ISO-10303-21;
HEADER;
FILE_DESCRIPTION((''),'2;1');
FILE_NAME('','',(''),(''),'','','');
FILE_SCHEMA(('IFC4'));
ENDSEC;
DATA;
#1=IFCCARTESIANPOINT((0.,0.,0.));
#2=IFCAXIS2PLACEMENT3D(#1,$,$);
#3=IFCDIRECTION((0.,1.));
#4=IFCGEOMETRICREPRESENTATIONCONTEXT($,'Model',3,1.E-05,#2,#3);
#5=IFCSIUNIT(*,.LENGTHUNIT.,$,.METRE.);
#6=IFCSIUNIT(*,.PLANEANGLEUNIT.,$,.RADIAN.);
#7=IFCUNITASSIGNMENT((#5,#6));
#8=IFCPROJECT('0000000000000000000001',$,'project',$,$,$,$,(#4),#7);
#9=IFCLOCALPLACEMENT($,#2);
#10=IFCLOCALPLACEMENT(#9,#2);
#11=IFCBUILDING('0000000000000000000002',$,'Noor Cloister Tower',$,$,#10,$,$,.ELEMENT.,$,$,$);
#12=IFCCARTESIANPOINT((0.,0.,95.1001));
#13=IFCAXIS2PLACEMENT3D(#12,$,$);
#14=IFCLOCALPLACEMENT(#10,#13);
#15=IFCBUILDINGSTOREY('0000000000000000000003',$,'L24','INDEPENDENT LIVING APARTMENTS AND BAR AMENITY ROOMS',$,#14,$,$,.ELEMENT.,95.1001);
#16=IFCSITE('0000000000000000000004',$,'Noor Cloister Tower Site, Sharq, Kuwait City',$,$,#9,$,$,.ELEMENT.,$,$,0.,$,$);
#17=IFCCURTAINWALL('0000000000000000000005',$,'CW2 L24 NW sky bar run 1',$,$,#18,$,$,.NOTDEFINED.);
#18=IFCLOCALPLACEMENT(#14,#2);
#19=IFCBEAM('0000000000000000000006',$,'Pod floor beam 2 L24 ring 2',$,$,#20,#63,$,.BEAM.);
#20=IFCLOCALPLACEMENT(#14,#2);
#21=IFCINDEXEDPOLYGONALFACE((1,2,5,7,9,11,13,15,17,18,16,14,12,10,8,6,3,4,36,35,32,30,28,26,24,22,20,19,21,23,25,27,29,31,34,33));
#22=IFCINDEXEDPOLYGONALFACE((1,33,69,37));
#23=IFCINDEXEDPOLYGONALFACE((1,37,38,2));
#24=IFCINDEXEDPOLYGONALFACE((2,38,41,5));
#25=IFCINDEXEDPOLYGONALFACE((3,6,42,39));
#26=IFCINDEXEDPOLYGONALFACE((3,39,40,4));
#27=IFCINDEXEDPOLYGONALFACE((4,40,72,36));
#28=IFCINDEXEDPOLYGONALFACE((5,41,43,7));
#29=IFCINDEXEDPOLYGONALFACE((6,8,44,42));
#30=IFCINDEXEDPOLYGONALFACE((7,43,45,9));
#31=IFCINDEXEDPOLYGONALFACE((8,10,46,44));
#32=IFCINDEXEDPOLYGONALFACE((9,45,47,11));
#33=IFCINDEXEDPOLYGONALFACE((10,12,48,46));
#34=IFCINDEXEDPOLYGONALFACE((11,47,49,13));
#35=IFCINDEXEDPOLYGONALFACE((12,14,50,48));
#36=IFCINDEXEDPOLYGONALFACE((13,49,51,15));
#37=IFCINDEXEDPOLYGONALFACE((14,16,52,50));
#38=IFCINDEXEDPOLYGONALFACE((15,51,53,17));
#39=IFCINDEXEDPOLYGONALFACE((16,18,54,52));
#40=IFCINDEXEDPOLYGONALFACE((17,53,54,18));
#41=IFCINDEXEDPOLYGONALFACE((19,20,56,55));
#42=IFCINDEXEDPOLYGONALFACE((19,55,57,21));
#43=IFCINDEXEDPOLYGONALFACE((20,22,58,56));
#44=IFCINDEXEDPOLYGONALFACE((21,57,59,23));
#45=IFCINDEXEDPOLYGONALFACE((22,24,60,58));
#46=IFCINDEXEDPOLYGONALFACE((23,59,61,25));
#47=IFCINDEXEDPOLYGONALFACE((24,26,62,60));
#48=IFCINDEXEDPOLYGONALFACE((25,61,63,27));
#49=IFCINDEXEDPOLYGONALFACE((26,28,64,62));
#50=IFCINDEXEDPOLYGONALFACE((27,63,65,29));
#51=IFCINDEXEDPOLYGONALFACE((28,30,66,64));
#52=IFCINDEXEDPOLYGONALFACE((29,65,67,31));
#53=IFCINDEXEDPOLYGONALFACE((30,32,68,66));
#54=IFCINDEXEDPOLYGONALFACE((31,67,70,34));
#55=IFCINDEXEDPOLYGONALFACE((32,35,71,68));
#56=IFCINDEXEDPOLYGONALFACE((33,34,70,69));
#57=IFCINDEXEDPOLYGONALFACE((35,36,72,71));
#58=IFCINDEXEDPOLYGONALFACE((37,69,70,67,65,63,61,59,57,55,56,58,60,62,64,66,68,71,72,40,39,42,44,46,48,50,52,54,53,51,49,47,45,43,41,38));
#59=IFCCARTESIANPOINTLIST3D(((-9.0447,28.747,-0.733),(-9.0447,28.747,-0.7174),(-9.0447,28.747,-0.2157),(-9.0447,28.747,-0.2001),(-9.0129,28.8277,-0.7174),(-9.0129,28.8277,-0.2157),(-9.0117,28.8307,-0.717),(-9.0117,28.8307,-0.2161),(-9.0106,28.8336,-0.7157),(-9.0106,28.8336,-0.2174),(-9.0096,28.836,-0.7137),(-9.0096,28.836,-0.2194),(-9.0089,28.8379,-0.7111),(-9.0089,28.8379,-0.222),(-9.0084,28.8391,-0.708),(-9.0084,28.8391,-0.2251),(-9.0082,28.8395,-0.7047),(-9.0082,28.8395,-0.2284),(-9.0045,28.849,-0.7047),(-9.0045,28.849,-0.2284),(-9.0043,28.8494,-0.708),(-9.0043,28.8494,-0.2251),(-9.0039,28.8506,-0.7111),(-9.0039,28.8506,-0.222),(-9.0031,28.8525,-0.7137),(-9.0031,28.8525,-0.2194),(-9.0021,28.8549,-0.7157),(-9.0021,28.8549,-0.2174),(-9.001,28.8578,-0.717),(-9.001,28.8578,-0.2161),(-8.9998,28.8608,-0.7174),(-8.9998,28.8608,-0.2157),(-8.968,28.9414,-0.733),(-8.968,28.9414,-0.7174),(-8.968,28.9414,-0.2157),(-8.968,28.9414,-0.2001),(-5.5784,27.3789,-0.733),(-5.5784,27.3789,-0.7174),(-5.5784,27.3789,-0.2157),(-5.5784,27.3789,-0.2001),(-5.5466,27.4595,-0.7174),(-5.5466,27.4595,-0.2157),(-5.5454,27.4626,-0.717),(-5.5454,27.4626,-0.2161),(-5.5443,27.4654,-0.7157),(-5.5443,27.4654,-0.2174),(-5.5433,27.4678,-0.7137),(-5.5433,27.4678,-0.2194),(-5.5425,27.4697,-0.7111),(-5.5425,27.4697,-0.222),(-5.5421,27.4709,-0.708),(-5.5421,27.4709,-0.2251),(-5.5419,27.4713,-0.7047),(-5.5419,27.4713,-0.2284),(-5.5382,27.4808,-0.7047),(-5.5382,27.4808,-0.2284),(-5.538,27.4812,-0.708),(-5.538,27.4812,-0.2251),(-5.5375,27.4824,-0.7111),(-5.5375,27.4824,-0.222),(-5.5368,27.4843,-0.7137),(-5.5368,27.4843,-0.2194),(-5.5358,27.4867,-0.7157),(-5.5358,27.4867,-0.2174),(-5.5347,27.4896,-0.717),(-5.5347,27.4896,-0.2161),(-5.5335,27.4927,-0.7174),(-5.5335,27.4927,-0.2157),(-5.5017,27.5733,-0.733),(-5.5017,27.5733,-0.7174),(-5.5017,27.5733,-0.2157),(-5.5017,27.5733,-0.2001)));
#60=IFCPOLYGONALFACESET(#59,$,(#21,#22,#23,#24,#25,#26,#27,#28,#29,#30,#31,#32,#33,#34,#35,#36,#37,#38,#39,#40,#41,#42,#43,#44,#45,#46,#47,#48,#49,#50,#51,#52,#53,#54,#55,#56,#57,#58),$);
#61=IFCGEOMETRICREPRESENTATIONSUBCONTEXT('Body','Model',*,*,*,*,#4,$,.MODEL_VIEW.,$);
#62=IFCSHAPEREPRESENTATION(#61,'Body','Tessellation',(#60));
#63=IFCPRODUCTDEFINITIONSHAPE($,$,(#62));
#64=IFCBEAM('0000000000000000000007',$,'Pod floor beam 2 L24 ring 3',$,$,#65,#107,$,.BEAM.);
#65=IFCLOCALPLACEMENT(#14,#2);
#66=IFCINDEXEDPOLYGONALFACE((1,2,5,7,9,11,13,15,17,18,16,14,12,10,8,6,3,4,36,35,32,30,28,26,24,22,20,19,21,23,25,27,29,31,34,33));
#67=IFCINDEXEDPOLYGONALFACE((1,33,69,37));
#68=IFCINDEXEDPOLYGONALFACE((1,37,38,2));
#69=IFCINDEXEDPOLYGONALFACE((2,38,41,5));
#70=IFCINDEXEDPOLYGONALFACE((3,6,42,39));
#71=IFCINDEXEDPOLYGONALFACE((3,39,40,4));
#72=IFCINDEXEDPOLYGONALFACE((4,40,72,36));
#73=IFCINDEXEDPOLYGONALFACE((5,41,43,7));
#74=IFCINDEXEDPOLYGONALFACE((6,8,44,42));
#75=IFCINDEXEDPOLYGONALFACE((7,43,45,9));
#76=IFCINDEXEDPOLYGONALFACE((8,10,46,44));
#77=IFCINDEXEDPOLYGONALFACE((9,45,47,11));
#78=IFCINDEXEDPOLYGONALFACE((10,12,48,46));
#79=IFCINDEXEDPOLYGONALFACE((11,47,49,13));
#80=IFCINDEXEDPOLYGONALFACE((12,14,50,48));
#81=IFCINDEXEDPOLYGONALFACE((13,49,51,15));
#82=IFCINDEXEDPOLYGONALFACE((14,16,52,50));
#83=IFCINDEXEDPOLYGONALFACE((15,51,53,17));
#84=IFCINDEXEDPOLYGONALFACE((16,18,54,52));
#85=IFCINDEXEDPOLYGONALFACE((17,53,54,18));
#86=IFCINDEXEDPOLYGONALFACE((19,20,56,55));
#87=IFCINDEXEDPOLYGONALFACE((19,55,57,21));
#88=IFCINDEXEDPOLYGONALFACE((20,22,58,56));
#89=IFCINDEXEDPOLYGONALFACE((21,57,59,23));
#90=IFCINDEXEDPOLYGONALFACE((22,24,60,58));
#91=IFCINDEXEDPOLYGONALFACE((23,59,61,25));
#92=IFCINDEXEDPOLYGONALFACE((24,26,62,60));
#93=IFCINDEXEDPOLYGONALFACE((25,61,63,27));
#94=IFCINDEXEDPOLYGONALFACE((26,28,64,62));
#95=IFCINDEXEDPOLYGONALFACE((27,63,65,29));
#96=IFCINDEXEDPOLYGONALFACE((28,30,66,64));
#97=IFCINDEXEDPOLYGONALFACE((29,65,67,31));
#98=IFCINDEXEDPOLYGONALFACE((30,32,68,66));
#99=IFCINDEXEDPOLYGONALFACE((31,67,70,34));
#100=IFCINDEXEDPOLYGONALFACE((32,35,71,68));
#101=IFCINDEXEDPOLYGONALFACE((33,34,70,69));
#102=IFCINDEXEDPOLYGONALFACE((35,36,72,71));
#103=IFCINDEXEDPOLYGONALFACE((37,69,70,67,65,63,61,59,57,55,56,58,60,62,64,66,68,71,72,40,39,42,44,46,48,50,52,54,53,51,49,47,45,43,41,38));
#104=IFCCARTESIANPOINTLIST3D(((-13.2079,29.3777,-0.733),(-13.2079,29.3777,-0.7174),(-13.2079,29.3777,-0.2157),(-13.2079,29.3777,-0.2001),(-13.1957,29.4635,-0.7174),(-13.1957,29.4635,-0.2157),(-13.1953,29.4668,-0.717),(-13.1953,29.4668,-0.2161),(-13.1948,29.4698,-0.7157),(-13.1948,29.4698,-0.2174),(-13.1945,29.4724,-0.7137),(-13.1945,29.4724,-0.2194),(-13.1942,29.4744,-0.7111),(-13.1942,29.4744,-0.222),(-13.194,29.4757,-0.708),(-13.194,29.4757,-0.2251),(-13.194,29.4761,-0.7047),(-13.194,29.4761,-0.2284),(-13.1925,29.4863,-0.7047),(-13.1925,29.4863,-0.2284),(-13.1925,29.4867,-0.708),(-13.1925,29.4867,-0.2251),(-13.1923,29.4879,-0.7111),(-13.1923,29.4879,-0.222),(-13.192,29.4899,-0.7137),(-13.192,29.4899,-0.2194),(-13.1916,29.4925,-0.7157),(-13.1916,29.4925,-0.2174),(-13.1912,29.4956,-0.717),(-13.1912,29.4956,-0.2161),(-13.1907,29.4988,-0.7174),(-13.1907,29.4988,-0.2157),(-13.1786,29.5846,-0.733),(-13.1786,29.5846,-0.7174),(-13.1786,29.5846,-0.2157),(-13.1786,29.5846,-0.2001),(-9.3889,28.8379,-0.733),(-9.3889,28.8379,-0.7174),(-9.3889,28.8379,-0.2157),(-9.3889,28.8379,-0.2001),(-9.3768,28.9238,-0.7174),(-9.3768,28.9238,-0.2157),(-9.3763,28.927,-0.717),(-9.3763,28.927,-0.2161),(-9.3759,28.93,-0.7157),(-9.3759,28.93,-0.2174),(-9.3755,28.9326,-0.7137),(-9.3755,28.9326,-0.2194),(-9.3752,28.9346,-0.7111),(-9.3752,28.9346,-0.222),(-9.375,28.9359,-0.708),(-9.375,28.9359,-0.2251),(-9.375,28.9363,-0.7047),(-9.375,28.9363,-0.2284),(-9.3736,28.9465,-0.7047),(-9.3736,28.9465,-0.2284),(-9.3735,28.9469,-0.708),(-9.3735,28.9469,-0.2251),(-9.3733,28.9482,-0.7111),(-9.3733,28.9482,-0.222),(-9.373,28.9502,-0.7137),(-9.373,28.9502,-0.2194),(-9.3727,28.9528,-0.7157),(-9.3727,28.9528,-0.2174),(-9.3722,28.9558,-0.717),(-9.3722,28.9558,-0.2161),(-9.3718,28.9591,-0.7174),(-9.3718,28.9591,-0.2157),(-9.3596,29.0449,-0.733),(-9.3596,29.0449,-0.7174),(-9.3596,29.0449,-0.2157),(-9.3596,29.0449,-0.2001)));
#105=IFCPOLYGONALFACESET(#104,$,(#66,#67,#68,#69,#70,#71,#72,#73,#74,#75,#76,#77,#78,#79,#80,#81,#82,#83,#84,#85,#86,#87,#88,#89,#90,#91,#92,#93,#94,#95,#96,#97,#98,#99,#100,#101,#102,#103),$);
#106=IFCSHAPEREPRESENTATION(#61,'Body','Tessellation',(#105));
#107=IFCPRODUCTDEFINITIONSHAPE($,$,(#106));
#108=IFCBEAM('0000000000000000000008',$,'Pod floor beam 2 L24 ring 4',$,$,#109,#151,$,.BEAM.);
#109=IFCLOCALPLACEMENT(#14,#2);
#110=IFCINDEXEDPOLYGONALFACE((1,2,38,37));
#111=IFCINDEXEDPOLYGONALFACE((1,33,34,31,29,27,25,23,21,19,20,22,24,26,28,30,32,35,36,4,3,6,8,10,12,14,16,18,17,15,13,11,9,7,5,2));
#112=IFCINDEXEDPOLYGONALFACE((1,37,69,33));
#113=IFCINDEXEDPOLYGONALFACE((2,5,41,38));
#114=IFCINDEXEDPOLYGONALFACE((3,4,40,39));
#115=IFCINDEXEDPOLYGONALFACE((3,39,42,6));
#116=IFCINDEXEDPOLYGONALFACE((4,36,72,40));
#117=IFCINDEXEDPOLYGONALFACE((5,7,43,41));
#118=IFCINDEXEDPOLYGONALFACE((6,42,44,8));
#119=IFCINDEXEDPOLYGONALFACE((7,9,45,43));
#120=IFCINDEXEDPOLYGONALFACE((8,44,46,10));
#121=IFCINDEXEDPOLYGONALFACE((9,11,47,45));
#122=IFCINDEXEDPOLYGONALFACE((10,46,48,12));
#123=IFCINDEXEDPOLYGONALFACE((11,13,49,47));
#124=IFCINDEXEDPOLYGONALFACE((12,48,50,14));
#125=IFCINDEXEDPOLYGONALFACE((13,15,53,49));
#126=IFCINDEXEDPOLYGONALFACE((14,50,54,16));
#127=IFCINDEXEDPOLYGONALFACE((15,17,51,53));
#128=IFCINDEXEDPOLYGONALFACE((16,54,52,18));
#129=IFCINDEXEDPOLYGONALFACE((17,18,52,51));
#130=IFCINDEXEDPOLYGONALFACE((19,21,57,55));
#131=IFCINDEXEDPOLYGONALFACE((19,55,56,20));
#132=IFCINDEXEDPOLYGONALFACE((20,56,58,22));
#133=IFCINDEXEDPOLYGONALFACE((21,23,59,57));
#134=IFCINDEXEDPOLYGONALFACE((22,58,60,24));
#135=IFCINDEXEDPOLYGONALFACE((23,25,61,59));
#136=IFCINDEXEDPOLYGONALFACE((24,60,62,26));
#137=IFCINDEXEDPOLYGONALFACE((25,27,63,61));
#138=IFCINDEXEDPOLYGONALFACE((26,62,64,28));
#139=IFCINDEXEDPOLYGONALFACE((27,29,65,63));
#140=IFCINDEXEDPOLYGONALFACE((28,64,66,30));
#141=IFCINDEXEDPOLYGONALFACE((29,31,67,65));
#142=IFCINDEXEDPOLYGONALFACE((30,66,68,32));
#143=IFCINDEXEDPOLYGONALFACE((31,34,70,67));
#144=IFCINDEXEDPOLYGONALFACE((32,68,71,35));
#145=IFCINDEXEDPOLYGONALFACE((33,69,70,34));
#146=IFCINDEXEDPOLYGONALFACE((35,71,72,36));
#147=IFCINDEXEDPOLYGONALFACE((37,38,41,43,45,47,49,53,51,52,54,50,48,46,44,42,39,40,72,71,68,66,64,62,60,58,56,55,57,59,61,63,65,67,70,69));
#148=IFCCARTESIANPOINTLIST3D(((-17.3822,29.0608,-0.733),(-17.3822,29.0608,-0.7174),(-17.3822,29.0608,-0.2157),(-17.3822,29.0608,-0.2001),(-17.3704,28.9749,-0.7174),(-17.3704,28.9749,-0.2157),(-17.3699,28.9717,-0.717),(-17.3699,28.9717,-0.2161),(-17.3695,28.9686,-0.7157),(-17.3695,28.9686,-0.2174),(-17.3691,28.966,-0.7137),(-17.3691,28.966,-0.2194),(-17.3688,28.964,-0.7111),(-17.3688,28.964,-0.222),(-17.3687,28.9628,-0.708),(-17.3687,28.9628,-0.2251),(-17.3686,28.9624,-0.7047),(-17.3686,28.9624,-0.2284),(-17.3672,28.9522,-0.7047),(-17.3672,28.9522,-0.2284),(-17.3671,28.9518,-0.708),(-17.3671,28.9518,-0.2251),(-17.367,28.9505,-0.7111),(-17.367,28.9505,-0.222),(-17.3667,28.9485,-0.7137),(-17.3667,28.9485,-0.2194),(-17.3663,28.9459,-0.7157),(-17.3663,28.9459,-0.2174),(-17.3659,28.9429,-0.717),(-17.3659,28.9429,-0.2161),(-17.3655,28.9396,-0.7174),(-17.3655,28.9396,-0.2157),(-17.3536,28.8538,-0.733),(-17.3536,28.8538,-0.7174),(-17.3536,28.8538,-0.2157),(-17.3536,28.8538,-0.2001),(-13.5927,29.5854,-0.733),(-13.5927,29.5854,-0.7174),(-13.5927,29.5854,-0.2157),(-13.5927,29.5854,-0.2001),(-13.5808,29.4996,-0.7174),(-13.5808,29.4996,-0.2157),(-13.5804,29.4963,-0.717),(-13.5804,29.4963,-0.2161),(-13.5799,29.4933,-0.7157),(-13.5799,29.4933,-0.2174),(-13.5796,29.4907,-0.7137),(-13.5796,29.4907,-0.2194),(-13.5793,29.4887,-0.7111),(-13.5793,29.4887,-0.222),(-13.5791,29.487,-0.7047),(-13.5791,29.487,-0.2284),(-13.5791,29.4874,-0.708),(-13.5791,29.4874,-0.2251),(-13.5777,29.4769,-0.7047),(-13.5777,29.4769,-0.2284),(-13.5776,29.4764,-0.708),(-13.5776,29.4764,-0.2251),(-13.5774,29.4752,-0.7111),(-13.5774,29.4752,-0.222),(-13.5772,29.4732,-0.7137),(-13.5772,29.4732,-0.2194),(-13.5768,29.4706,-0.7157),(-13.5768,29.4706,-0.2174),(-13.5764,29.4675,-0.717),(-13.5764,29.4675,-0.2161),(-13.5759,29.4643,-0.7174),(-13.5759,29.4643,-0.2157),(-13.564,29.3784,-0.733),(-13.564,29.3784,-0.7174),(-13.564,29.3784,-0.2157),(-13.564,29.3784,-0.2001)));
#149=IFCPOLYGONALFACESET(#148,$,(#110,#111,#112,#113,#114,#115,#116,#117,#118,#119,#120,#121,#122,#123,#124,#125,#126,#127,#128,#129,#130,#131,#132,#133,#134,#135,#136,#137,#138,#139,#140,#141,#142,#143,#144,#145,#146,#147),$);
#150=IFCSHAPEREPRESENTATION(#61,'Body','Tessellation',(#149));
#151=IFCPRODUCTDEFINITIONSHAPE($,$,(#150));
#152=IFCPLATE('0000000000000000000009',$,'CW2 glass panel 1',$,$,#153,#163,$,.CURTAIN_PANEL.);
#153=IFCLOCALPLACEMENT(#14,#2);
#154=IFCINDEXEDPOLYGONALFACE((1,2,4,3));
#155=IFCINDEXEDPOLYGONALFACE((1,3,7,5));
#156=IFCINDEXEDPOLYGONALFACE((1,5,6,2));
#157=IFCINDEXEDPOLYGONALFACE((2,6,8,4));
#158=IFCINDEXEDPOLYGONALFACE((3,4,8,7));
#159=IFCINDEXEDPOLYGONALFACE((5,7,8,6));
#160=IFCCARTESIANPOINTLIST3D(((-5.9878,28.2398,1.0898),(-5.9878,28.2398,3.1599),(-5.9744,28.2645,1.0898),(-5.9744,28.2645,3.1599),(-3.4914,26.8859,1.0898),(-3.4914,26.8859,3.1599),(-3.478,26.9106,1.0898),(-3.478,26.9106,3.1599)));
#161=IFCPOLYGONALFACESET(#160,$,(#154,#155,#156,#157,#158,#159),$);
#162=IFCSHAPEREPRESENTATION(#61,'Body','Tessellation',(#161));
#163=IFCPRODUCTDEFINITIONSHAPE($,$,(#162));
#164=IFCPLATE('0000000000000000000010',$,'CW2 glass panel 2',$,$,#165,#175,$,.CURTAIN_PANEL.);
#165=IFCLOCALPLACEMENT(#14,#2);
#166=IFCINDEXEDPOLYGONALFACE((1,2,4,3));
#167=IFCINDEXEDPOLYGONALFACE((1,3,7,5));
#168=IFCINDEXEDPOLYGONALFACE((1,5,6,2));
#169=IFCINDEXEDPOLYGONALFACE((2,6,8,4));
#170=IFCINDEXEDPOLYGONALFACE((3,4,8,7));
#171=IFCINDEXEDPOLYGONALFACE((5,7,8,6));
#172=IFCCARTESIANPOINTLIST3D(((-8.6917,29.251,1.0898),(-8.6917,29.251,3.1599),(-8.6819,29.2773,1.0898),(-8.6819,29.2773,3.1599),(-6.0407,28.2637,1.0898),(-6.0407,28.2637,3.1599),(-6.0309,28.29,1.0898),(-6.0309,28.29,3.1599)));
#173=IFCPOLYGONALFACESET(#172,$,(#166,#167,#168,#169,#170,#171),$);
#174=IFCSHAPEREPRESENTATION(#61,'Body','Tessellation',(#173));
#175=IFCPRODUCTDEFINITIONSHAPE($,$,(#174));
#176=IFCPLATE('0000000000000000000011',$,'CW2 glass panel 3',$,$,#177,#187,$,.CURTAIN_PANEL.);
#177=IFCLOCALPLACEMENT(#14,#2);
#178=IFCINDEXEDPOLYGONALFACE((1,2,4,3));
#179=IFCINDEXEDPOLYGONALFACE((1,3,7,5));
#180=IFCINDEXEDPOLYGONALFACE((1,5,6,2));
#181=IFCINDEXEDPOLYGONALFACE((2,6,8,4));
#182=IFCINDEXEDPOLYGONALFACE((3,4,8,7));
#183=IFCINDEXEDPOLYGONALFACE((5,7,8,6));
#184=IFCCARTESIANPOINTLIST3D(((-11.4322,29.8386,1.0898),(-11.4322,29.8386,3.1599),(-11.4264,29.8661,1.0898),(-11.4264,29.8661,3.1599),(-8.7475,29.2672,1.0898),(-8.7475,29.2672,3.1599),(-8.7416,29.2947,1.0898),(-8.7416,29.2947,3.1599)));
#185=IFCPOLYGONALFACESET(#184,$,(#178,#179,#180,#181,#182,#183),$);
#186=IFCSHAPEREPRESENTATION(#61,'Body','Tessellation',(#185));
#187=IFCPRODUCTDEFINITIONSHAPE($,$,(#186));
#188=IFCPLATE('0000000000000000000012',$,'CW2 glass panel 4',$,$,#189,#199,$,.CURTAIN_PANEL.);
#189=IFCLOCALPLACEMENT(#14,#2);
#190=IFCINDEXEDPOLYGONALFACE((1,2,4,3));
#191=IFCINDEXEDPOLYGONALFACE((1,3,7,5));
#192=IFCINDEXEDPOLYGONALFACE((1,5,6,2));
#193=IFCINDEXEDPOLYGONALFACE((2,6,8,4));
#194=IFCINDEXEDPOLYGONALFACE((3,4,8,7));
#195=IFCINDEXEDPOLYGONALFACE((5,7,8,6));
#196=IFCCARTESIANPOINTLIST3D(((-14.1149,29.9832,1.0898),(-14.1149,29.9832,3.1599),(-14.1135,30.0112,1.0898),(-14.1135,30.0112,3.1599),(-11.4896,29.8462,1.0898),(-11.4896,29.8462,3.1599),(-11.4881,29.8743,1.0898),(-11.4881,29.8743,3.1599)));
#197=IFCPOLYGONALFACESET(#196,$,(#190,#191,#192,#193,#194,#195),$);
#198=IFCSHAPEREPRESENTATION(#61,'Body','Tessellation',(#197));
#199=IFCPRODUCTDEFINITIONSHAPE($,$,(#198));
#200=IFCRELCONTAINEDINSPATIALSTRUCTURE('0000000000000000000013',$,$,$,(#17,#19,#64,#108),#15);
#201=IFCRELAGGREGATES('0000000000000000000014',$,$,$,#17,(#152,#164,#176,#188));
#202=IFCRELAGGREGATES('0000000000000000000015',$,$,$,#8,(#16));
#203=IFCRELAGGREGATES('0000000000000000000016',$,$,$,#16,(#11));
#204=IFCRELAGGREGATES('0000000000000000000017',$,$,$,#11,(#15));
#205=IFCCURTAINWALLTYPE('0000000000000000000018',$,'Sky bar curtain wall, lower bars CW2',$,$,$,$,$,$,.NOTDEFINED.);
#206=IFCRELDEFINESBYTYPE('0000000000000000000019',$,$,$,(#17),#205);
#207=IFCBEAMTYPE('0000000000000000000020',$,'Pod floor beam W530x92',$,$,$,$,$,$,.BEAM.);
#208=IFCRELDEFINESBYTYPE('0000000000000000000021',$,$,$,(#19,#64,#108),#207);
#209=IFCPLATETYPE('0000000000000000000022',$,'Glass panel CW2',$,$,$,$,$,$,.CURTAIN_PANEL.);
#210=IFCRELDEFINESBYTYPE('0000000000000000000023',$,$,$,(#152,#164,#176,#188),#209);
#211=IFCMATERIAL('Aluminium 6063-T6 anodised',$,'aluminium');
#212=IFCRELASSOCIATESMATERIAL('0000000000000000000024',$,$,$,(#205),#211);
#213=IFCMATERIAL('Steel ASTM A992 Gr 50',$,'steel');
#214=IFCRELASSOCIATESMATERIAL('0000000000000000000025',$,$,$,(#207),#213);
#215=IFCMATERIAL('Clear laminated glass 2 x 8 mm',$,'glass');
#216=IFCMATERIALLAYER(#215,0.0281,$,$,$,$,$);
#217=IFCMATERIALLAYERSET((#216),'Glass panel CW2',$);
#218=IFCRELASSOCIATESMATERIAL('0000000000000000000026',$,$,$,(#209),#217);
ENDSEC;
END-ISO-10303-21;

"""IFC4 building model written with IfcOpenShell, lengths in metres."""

from ifc_helpers import new_model, si_unit, direction, frame, origin, origin_2d, place, context, subcontext, project, spatial, rectangle, i_section, extrude, material, layer, layer_set, material_profile, profile_set, type_object, element, aggregate, save


model = new_model("IFC4")

# Units and contexts
model_context = context("Model", 3, precision=1e-05, world=origin(), true_north=direction((0.0, 1.0)))
body_context = subcontext(model_context, "Body", "Model", "MODEL_VIEW")
ifc_project = project(units=[si_unit("LENGTHUNIT", "METRE"), si_unit("PLANEANGLEUNIT", "RADIAN")], contexts=[model_context])

# Site, building, storey
site_placement = place(None, origin())
site = spatial("IfcSite", under=ifc_project, at=site_placement, Name="Noor Cloister Tower Site, Sharq, Kuwait City", CompositionType="ELEMENT", RefElevation=0.0)
building_placement = place(site_placement, origin())
building = spatial("IfcBuilding", under=site, at=building_placement, Name="Noor Cloister Tower", CompositionType="ELEMENT")
storey_placement = place(building_placement, frame((0.0, 0.0, 95.1001)))
storey = spatial("IfcBuildingStorey", under=building, at=storey_placement, Name="L24", Description="INDEPENDENT LIVING APARTMENTS AND BAR AMENITY ROOMS", CompositionType="ELEMENT", Elevation=95.1001)

# Curtain wall
ifc_material_1 = material(Name="Aluminium 6063-T6 anodised", Category="aluminium")
curtain_wall_type = type_object("IfcCurtainWallType", Name="Sky bar curtain wall, lower bars CW2", PredefinedType="NOTDEFINED", material=ifc_material_1)
curtain_wall_placement = place(storey_placement, origin())
curtain_wall = element("IfcCurtainWall", 1, at=curtain_wall_placement, inside=storey, type_object=curtain_wall_type, Name="CW2 L24 NW sky bar run 1", PredefinedType="NOTDEFINED")

# Beams
ifc_material_2 = material(Name="Steel ASTM A992 Gr 50", Category="steel")
ifc_material_profile_1 = material_profile(ifc_material_2, i_section(OverallWidth=0.209, OverallDepth=0.533, WebThickness=0.0103, FlangeThickness=0.0156, FilletRadius=0.0127, at=origin_2d()), Name="W530x92")
ifc_profile_set_1 = profile_set([ifc_material_profile_1], Name="Steel ASTM A992 Gr 50")
beam_type = type_object("IfcBeamType", Name="Pod floor beam W530x92", PredefinedType="BEAM", material=ifc_profile_set_1)
beam_1_placement = place(storey_placement, frame((-5.54, 27.4761, -0.4666), z_axis=(-0.930166, 0.36714, 0.0), x_axis=(-0.36714, -0.930166, 0.0)))
element("IfcBeam", 2, at=beam_1_placement, inside=storey, type_object=beam_type, Name="Pod floor beam 2 L24 ring 2", PredefinedType="BEAM", context=body_context, shape_type="SweptSolid", body=[
    extrude(i_section(OverallWidth=0.209, OverallDepth=0.533, WebThickness=0.0103, FlangeThickness=0.0156, FilletRadius=0.0127, at=origin_2d()), origin(), (0.0, 0.0, 1.0), 3.7266),
])
beam_2_placement = place(storey_placement, frame((-9.3743, 28.9414, -0.4666), z_axis=(-0.990159, 0.13995, 0.0), x_axis=(-0.13995, -0.990159, 0.0)))
element("IfcBeam", 3, at=beam_2_placement, inside=storey, type_object=beam_type, Name="Pod floor beam 2 L24 ring 3", PredefinedType="BEAM", context=body_context, shape_type="SweptSolid", body=[
    extrude(i_section(OverallWidth=0.209, OverallDepth=0.533, WebThickness=0.0103, FlangeThickness=0.0156, FilletRadius=0.0127, at=origin_2d()), origin(), (0.0, 0.0, 1.0), 3.8569),
])
beam_3_placement = place(storey_placement, frame((-13.5784, 29.4819, -0.4666), z_axis=(-0.990552, -0.137141, 0.0), x_axis=(0.137141, -0.990552, 0.0)))
element("IfcBeam", 4, at=beam_3_placement, inside=storey, type_object=beam_type, Name="Pod floor beam 2 L24 ring 4", PredefinedType="BEAM", context=body_context, shape_type="SweptSolid", body=[
    extrude(i_section(OverallWidth=0.209, OverallDepth=0.533, WebThickness=0.0103, FlangeThickness=0.0156, FilletRadius=0.0127, at=origin_2d()), origin(), (0.0, 0.0, 1.0), 3.8257),
])

# Plates
ifc_material_3 = material(Name="Clear laminated glass 2 x 8 mm", Category="glass")
ifc_layer_1 = layer(ifc_material_3, 0.0281)
ifc_layer_set_1 = layer_set([ifc_layer_1], Name="Glass panel CW2")
plate_type = type_object("IfcPlateType", Name="Glass panel CW2", PredefinedType="CURTAIN_PANEL", material=ifc_layer_set_1)
plate_1_placement = place(storey_placement, frame((-4.7329, 27.5752, 1.0898), z_axis=(0.0, 0.0, 1.0), x_axis=(-0.879048, 0.476734, 0.0)))
plate_1 = element("IfcPlate", 5, at=plate_1_placement, type_object=plate_type, Name="CW2 glass panel 1", PredefinedType="CURTAIN_PANEL", context=body_context, shape_type="SweptSolid", body=[
    extrude(rectangle(XDim=2.8398, YDim=0.0281, at=origin_2d()), origin(), (0.0, 0.0, 1.0), 2.0701),
])
plate_2_placement = place(storey_placement, frame((-7.3613, 28.7705, 1.0898), z_axis=(0.0, 0.0, 1.0), x_axis=(-0.937124, 0.348997, 0.0)))
plate_2 = element("IfcPlate", 6, at=plate_2_placement, type_object=plate_type, Name="CW2 glass panel 2", PredefinedType="CURTAIN_PANEL", context=body_context, shape_type="SweptSolid", body=[
    extrude(rectangle(XDim=2.8289, YDim=0.0281, at=origin_2d()), origin(), (0.0, 0.0, 1.0), 2.0701),
])
plate_3_placement = place(storey_placement, frame((-10.0869, 29.5667, 1.0898), z_axis=(0.0, 0.0, 1.0), x_axis=(-0.978092, 0.208175, 0.0)))
plate_3 = element("IfcPlate", 7, at=plate_3_placement, type_object=plate_type, Name="CW2 glass panel 3", PredefinedType="CURTAIN_PANEL", context=body_context, shape_type="SweptSolid", body=[
    extrude(rectangle(XDim=2.7449, YDim=0.0281, at=origin_2d()), origin(), (0.0, 0.0, 1.0), 2.0701),
])
plate_4_placement = place(storey_placement, frame((-12.8015, 29.9287, 1.0898), z_axis=(0.0, 0.0, 1.0), x_axis=(-0.998642, 0.052089, 0.0)))
plate_4 = element("IfcPlate", 8, at=plate_4_placement, type_object=plate_type, Name="CW2 glass panel 4", PredefinedType="CURTAIN_PANEL", context=body_context, shape_type="SweptSolid", body=[
    extrude(rectangle(XDim=2.6289, YDim=0.0281, at=origin_2d()), origin(), (0.0, 0.0, 1.0), 2.0701),
])
aggregate(curtain_wall, [plate_1, plate_2, plate_3, plate_4])

save(model, "model.ifc")
